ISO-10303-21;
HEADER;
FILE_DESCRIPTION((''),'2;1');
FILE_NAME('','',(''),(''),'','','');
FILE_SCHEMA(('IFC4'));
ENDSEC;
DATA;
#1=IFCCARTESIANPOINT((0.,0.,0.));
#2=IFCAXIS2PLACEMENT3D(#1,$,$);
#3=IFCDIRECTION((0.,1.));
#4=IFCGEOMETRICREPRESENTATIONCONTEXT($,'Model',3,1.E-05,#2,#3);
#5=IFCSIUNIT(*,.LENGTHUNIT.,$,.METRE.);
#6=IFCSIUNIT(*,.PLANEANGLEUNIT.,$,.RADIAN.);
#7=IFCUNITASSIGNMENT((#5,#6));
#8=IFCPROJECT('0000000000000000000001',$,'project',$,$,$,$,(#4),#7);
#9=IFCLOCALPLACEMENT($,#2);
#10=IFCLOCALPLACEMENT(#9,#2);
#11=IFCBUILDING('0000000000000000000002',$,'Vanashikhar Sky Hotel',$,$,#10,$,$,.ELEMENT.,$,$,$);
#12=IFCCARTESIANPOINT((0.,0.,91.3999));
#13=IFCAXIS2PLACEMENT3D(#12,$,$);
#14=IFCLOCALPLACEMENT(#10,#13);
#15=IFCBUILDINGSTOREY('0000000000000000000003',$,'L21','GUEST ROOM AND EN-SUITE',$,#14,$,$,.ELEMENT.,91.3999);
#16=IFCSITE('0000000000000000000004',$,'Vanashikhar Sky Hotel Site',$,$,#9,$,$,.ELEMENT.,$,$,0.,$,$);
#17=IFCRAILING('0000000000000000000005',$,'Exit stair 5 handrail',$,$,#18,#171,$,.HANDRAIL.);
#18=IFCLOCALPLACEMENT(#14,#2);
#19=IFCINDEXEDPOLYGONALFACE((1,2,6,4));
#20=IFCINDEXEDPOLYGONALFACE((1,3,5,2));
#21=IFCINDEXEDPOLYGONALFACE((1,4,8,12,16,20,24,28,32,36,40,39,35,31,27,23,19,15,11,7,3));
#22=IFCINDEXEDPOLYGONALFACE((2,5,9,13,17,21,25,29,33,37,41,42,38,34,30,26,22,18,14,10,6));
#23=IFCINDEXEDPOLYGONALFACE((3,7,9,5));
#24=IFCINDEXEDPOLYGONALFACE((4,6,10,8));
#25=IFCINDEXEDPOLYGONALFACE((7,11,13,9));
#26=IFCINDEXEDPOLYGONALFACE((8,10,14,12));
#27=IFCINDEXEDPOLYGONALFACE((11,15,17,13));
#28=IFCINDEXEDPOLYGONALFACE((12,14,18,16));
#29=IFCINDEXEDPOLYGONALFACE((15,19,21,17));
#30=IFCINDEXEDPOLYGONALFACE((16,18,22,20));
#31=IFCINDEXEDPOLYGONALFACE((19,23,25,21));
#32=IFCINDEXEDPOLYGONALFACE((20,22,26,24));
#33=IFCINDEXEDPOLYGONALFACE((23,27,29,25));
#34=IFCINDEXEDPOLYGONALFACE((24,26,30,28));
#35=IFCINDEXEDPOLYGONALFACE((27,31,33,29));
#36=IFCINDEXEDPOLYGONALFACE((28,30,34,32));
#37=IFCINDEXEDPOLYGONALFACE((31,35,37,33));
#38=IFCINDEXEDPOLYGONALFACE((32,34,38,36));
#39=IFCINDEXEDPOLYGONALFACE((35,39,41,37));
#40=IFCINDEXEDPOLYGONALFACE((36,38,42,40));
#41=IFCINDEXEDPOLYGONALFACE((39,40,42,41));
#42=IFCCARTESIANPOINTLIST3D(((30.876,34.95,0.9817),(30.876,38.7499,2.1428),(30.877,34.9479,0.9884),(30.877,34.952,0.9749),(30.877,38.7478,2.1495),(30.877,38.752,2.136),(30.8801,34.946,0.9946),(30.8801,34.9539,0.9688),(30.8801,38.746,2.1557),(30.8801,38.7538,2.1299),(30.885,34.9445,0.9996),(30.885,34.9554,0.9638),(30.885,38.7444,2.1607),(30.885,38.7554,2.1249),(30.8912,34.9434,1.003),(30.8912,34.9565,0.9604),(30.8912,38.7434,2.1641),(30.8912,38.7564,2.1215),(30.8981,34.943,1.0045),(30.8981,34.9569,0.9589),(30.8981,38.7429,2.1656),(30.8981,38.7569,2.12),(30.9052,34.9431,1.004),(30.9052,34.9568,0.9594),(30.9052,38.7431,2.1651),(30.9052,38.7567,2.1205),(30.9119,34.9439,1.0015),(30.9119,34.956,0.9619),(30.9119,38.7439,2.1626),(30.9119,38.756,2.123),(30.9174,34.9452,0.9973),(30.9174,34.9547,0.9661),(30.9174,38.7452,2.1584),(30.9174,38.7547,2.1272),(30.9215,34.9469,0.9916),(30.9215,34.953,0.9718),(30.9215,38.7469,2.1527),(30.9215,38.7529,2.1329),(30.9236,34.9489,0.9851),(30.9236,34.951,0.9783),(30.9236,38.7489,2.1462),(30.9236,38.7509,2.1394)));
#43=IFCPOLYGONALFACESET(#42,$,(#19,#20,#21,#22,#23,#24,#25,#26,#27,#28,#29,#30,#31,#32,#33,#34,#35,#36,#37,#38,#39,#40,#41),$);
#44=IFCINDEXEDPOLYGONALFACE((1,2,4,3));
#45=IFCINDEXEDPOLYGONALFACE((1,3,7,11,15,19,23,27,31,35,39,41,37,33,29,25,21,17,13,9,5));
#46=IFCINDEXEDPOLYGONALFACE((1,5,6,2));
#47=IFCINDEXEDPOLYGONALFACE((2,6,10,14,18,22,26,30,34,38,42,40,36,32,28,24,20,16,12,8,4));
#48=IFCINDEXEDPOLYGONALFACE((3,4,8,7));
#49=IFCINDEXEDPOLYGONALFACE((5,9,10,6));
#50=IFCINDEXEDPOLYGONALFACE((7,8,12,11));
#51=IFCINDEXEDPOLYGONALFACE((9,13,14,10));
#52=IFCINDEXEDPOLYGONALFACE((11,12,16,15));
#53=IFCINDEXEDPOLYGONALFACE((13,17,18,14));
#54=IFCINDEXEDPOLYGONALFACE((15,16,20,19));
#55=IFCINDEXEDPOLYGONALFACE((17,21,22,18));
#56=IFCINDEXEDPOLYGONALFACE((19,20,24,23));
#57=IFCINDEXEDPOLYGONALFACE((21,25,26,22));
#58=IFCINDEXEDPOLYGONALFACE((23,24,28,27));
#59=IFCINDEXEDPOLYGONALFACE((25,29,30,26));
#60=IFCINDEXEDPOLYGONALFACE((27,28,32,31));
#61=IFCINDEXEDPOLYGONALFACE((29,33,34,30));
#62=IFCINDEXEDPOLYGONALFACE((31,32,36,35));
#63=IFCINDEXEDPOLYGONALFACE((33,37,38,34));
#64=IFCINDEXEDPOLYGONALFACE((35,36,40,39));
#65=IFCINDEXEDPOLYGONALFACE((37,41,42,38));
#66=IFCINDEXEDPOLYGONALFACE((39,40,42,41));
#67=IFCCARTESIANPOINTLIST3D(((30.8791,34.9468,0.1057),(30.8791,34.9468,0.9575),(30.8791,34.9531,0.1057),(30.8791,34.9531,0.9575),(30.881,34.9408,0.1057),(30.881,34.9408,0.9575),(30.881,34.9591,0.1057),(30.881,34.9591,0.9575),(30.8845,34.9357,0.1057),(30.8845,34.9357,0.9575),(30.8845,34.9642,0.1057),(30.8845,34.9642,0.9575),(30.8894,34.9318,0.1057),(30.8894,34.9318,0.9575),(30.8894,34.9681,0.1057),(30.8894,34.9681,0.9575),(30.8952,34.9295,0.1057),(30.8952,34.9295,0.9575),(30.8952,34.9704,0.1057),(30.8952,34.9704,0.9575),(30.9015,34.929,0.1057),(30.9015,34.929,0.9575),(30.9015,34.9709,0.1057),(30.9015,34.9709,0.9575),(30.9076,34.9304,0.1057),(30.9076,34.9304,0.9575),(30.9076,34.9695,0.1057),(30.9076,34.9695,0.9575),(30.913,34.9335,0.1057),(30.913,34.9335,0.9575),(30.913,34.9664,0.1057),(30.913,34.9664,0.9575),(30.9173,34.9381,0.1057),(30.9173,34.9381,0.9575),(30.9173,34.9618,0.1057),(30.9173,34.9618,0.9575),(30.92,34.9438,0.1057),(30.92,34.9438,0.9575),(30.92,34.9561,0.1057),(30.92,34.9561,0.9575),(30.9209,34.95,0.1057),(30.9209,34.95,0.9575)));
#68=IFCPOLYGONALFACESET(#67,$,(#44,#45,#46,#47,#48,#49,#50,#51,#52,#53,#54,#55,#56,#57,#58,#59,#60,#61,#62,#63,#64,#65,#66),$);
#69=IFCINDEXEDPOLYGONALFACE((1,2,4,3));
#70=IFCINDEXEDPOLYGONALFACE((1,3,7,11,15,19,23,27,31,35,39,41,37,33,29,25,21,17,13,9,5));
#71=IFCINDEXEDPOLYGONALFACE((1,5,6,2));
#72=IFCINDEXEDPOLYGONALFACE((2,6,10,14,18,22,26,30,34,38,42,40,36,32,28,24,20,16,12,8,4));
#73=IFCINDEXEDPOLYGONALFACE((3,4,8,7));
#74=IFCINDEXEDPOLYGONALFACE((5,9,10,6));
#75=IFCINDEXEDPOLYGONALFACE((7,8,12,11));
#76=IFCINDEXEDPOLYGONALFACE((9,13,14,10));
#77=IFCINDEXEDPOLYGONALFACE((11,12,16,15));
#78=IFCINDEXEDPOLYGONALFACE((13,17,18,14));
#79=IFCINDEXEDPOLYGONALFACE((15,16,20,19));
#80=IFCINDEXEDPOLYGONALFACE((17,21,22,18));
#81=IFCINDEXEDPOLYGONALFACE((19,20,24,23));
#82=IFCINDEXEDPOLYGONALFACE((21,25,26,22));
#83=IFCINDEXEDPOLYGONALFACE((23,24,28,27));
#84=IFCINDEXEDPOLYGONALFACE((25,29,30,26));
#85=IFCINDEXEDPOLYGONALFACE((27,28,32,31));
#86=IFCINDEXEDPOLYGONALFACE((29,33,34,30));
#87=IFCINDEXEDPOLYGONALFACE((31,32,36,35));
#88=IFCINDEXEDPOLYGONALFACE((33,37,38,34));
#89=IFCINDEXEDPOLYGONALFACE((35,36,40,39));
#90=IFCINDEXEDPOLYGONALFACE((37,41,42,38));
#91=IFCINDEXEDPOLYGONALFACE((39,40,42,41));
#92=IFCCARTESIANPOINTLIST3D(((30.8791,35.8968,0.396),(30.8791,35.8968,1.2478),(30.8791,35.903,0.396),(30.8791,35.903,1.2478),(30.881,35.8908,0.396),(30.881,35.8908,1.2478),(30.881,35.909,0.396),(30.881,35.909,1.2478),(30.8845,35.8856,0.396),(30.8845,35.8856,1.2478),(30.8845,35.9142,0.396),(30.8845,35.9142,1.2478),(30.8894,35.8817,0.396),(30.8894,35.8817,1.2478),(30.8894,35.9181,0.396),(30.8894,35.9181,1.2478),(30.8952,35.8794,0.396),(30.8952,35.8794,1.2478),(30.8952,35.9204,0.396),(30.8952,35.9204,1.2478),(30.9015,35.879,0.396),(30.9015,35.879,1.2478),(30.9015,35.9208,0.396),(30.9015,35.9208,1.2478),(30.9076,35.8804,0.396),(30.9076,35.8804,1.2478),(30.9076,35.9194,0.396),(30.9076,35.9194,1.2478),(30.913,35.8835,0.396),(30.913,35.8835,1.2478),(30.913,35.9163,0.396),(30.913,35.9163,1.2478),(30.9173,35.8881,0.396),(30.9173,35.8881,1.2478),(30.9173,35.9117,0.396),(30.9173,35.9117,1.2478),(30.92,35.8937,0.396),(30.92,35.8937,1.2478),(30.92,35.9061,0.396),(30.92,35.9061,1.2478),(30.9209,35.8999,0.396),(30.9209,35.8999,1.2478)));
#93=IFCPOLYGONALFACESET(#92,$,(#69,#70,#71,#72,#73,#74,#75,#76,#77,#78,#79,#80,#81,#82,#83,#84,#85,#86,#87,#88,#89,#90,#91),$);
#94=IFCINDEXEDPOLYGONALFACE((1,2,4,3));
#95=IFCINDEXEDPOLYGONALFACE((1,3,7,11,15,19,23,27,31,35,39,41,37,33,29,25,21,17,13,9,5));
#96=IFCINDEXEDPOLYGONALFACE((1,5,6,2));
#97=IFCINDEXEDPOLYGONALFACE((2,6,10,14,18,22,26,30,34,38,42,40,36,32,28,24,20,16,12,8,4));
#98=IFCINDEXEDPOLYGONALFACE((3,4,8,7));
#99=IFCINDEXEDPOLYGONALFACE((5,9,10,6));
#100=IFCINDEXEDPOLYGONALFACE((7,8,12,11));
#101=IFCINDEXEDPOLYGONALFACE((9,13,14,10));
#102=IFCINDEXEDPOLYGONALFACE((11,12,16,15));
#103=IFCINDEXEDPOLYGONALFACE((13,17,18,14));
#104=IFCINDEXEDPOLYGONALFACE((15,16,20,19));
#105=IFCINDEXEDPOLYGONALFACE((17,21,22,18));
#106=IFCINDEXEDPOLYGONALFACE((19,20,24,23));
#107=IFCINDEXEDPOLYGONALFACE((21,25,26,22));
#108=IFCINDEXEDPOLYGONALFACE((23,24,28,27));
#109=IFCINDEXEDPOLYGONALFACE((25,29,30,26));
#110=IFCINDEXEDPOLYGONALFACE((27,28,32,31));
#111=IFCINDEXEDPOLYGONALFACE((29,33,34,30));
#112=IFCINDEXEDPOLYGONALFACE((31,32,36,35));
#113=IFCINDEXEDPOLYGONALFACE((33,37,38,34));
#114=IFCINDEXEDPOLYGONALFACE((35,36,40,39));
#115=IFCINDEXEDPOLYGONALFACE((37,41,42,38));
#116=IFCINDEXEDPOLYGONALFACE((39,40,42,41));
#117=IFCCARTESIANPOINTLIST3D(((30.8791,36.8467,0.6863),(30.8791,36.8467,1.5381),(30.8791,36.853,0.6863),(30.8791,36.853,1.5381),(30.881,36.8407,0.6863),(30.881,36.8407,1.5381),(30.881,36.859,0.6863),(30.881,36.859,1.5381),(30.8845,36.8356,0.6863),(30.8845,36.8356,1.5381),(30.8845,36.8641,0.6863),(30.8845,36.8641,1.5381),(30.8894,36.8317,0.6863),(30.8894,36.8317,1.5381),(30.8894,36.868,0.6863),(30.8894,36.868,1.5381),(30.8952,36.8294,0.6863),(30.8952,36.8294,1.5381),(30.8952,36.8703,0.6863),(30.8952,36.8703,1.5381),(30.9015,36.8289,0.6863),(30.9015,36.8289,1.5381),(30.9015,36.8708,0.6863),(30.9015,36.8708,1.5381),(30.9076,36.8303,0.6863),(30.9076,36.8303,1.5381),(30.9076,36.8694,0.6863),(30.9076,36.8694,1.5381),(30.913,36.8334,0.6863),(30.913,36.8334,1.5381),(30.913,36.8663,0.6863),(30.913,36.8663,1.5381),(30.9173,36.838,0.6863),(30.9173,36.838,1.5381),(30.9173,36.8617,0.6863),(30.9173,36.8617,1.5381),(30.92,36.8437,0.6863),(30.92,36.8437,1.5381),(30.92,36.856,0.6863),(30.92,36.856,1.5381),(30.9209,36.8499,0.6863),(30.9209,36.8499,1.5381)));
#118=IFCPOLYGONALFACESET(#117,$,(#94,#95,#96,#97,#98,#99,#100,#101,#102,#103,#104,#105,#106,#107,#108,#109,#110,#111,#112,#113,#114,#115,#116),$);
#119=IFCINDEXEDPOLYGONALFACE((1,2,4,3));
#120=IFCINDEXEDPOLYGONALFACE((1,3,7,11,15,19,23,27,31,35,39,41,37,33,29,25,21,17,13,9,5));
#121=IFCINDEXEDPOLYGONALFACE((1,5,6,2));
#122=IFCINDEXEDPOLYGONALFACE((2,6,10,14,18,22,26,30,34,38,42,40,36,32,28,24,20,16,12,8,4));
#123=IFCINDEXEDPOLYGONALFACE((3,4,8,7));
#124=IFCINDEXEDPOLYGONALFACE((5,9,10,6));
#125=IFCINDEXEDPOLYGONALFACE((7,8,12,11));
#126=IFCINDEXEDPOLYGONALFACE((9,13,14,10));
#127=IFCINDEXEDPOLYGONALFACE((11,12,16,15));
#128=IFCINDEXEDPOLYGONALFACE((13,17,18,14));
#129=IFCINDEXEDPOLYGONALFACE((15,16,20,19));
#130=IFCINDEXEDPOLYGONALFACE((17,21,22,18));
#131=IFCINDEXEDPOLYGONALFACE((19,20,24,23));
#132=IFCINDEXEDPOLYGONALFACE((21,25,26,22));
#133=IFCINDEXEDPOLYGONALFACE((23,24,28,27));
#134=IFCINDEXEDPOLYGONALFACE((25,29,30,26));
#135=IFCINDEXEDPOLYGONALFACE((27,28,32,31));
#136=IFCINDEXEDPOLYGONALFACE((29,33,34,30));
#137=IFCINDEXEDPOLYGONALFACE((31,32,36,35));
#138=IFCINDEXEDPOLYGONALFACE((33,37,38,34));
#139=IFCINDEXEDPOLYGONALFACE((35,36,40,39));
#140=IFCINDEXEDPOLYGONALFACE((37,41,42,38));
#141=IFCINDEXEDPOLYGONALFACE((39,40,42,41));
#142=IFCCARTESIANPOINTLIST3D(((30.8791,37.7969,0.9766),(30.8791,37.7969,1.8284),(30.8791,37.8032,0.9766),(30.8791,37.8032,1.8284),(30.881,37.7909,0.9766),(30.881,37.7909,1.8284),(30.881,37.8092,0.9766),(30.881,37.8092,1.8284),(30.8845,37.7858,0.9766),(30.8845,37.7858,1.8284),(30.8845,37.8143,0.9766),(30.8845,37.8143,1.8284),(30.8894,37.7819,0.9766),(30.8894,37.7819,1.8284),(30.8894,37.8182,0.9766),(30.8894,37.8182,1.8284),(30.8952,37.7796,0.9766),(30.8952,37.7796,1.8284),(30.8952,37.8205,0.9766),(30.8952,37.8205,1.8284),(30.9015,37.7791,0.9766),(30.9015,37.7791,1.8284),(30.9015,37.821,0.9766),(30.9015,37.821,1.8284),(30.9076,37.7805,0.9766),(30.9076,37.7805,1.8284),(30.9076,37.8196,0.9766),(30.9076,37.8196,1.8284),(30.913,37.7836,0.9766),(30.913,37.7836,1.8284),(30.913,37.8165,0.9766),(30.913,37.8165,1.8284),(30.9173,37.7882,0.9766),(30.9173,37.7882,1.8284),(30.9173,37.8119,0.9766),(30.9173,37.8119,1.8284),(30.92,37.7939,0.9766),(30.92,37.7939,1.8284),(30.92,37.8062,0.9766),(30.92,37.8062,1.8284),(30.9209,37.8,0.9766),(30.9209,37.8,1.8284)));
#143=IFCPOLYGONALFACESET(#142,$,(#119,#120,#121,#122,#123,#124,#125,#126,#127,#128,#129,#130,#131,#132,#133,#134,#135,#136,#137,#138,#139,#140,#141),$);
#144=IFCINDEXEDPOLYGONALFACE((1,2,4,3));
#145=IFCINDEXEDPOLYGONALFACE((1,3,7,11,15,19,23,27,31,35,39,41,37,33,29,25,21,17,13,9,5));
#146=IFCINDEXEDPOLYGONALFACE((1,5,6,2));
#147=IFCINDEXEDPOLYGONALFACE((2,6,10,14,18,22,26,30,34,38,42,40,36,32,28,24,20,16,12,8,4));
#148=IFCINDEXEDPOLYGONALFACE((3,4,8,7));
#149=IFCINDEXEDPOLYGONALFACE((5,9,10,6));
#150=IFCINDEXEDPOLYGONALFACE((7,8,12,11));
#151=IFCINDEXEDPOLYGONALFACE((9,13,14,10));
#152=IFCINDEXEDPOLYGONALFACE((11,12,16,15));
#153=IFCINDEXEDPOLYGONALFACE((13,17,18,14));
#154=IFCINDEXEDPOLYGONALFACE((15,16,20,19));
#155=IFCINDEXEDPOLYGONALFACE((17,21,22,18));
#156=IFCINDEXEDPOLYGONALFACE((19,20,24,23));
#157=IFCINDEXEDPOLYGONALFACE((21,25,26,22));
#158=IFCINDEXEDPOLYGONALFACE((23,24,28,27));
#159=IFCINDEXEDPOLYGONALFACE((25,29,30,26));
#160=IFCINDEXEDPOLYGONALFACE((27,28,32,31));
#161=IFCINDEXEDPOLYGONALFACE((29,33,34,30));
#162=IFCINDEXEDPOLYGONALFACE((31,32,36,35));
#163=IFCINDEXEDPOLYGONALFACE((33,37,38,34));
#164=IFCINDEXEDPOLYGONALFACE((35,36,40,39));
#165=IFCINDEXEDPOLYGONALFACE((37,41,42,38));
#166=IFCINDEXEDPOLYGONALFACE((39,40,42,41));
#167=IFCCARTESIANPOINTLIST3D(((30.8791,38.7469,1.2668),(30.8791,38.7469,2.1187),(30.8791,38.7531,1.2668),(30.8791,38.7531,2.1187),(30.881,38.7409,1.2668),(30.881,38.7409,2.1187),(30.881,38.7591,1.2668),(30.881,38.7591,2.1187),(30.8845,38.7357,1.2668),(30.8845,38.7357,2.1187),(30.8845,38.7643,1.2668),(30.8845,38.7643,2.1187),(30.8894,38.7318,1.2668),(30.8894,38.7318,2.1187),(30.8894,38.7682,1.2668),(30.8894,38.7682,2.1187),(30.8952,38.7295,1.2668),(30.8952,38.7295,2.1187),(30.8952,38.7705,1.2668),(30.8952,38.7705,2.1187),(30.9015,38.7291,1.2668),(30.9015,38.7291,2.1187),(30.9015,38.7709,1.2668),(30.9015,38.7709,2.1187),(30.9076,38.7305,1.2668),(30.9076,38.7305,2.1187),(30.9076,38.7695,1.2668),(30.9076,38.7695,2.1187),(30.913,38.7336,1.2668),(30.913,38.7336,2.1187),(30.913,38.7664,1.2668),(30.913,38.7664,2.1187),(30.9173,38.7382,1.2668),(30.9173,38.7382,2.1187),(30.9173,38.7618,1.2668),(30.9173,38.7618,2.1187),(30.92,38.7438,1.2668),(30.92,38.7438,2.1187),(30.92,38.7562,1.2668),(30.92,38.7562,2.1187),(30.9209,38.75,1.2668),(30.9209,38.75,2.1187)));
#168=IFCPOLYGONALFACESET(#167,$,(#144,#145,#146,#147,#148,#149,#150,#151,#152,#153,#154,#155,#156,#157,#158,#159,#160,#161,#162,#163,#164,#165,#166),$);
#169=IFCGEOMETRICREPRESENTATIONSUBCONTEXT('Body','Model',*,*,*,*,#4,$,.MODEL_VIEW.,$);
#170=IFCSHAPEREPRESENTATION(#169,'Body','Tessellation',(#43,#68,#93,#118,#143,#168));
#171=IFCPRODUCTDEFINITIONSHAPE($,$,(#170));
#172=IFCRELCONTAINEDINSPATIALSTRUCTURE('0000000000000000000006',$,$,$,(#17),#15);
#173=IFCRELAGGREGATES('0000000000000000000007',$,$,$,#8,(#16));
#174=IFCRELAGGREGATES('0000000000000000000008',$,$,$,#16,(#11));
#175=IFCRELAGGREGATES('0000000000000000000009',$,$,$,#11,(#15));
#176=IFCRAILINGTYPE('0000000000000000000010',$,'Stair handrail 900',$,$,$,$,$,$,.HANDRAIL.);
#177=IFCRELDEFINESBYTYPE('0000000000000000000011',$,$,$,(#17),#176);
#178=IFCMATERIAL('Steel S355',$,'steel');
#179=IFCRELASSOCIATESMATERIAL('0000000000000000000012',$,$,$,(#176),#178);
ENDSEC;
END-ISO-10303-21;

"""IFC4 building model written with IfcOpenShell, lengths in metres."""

from ifc_helpers import new_model, si_unit, direction, frame, origin, origin_2d, place, context, subcontext, project, spatial, circle, extrude, source, transform, mapped, material, type_object, element, save


model = new_model("IFC4")

# Units and contexts
model_context = context("Model", 3, precision=1e-05, world=origin(), true_north=direction((0.0, 1.0)))
body_context = subcontext(model_context, "Body", "Model", "MODEL_VIEW")
ifc_project = project(units=[si_unit("LENGTHUNIT", "METRE"), si_unit("PLANEANGLEUNIT", "RADIAN")], contexts=[model_context])

# Site, building, storey
site_placement = place(None, origin())
site = spatial("IfcSite", under=ifc_project, at=site_placement, Name="Vanashikhar Sky Hotel Site", CompositionType="ELEMENT", RefElevation=0.0)
building_placement = place(site_placement, origin())
building = spatial("IfcBuilding", under=site, at=building_placement, Name="Vanashikhar Sky Hotel", CompositionType="ELEMENT")
storey_placement = place(building_placement, frame((0.0, 0.0, 91.3999)))
storey = spatial("IfcBuildingStorey", under=building, at=storey_placement, Name="L21", Description="GUEST ROOM AND EN-SUITE", CompositionType="ELEMENT", Elevation=91.3999)

# Railing
ifc_material_1 = material(Name="Steel S355", Category="steel")
railing_type = type_object("IfcRailingType", Name="Stair handrail 900", PredefinedType="HANDRAIL", material=ifc_material_1)
shared_shape_1 = source(origin(), body_context, "Body", "SweptSolid", [
    extrude(circle(Radius=0.0239, at=origin_2d()), frame((0.0, 0.0, 0.876), z_axis=(0.0, 0.956351, 0.29222), x_axis=(-1.0, 0.0, 0.0)), (0.0, 0.0, 1.0), 3.9734),
    extrude(circle(Radius=0.021, at=origin_2d()), origin(), (0.0, 0.0, 1.0), 0.8518),
    extrude(circle(Radius=0.021, at=origin_2d()), frame((0.0, 0.95, 0.2903)), (0.0, 0.0, 1.0), 0.8518),
    extrude(circle(Radius=0.021, at=origin_2d()), frame((0.0, 1.8999, 0.5806)), (0.0, 0.0, 1.0), 0.8518),
    extrude(circle(Radius=0.021, at=origin_2d()), frame((0.0, 2.8501, 0.8708)), (0.0, 0.0, 1.0), 0.8518),
    extrude(circle(Radius=0.021, at=origin_2d()), frame((0.0, 3.8, 1.1611)), (0.0, 0.0, 1.0), 0.8518),
])
for number, where, name in (
    (1, (30.8999, 34.95, 0.1057), "Exit stair 5 handrail"),
):
    element("IfcRailing", number, at=place(storey_placement, frame(where)), inside=storey, type_object=railing_type, Name=name, PredefinedType="HANDRAIL", context=body_context, shape_type="MappedRepresentation", body=[
        mapped(shared_shape_1, transform((0.0, 0.0, 0.0), scale=1.0)),
    ])

save(model, "model.ifc")
